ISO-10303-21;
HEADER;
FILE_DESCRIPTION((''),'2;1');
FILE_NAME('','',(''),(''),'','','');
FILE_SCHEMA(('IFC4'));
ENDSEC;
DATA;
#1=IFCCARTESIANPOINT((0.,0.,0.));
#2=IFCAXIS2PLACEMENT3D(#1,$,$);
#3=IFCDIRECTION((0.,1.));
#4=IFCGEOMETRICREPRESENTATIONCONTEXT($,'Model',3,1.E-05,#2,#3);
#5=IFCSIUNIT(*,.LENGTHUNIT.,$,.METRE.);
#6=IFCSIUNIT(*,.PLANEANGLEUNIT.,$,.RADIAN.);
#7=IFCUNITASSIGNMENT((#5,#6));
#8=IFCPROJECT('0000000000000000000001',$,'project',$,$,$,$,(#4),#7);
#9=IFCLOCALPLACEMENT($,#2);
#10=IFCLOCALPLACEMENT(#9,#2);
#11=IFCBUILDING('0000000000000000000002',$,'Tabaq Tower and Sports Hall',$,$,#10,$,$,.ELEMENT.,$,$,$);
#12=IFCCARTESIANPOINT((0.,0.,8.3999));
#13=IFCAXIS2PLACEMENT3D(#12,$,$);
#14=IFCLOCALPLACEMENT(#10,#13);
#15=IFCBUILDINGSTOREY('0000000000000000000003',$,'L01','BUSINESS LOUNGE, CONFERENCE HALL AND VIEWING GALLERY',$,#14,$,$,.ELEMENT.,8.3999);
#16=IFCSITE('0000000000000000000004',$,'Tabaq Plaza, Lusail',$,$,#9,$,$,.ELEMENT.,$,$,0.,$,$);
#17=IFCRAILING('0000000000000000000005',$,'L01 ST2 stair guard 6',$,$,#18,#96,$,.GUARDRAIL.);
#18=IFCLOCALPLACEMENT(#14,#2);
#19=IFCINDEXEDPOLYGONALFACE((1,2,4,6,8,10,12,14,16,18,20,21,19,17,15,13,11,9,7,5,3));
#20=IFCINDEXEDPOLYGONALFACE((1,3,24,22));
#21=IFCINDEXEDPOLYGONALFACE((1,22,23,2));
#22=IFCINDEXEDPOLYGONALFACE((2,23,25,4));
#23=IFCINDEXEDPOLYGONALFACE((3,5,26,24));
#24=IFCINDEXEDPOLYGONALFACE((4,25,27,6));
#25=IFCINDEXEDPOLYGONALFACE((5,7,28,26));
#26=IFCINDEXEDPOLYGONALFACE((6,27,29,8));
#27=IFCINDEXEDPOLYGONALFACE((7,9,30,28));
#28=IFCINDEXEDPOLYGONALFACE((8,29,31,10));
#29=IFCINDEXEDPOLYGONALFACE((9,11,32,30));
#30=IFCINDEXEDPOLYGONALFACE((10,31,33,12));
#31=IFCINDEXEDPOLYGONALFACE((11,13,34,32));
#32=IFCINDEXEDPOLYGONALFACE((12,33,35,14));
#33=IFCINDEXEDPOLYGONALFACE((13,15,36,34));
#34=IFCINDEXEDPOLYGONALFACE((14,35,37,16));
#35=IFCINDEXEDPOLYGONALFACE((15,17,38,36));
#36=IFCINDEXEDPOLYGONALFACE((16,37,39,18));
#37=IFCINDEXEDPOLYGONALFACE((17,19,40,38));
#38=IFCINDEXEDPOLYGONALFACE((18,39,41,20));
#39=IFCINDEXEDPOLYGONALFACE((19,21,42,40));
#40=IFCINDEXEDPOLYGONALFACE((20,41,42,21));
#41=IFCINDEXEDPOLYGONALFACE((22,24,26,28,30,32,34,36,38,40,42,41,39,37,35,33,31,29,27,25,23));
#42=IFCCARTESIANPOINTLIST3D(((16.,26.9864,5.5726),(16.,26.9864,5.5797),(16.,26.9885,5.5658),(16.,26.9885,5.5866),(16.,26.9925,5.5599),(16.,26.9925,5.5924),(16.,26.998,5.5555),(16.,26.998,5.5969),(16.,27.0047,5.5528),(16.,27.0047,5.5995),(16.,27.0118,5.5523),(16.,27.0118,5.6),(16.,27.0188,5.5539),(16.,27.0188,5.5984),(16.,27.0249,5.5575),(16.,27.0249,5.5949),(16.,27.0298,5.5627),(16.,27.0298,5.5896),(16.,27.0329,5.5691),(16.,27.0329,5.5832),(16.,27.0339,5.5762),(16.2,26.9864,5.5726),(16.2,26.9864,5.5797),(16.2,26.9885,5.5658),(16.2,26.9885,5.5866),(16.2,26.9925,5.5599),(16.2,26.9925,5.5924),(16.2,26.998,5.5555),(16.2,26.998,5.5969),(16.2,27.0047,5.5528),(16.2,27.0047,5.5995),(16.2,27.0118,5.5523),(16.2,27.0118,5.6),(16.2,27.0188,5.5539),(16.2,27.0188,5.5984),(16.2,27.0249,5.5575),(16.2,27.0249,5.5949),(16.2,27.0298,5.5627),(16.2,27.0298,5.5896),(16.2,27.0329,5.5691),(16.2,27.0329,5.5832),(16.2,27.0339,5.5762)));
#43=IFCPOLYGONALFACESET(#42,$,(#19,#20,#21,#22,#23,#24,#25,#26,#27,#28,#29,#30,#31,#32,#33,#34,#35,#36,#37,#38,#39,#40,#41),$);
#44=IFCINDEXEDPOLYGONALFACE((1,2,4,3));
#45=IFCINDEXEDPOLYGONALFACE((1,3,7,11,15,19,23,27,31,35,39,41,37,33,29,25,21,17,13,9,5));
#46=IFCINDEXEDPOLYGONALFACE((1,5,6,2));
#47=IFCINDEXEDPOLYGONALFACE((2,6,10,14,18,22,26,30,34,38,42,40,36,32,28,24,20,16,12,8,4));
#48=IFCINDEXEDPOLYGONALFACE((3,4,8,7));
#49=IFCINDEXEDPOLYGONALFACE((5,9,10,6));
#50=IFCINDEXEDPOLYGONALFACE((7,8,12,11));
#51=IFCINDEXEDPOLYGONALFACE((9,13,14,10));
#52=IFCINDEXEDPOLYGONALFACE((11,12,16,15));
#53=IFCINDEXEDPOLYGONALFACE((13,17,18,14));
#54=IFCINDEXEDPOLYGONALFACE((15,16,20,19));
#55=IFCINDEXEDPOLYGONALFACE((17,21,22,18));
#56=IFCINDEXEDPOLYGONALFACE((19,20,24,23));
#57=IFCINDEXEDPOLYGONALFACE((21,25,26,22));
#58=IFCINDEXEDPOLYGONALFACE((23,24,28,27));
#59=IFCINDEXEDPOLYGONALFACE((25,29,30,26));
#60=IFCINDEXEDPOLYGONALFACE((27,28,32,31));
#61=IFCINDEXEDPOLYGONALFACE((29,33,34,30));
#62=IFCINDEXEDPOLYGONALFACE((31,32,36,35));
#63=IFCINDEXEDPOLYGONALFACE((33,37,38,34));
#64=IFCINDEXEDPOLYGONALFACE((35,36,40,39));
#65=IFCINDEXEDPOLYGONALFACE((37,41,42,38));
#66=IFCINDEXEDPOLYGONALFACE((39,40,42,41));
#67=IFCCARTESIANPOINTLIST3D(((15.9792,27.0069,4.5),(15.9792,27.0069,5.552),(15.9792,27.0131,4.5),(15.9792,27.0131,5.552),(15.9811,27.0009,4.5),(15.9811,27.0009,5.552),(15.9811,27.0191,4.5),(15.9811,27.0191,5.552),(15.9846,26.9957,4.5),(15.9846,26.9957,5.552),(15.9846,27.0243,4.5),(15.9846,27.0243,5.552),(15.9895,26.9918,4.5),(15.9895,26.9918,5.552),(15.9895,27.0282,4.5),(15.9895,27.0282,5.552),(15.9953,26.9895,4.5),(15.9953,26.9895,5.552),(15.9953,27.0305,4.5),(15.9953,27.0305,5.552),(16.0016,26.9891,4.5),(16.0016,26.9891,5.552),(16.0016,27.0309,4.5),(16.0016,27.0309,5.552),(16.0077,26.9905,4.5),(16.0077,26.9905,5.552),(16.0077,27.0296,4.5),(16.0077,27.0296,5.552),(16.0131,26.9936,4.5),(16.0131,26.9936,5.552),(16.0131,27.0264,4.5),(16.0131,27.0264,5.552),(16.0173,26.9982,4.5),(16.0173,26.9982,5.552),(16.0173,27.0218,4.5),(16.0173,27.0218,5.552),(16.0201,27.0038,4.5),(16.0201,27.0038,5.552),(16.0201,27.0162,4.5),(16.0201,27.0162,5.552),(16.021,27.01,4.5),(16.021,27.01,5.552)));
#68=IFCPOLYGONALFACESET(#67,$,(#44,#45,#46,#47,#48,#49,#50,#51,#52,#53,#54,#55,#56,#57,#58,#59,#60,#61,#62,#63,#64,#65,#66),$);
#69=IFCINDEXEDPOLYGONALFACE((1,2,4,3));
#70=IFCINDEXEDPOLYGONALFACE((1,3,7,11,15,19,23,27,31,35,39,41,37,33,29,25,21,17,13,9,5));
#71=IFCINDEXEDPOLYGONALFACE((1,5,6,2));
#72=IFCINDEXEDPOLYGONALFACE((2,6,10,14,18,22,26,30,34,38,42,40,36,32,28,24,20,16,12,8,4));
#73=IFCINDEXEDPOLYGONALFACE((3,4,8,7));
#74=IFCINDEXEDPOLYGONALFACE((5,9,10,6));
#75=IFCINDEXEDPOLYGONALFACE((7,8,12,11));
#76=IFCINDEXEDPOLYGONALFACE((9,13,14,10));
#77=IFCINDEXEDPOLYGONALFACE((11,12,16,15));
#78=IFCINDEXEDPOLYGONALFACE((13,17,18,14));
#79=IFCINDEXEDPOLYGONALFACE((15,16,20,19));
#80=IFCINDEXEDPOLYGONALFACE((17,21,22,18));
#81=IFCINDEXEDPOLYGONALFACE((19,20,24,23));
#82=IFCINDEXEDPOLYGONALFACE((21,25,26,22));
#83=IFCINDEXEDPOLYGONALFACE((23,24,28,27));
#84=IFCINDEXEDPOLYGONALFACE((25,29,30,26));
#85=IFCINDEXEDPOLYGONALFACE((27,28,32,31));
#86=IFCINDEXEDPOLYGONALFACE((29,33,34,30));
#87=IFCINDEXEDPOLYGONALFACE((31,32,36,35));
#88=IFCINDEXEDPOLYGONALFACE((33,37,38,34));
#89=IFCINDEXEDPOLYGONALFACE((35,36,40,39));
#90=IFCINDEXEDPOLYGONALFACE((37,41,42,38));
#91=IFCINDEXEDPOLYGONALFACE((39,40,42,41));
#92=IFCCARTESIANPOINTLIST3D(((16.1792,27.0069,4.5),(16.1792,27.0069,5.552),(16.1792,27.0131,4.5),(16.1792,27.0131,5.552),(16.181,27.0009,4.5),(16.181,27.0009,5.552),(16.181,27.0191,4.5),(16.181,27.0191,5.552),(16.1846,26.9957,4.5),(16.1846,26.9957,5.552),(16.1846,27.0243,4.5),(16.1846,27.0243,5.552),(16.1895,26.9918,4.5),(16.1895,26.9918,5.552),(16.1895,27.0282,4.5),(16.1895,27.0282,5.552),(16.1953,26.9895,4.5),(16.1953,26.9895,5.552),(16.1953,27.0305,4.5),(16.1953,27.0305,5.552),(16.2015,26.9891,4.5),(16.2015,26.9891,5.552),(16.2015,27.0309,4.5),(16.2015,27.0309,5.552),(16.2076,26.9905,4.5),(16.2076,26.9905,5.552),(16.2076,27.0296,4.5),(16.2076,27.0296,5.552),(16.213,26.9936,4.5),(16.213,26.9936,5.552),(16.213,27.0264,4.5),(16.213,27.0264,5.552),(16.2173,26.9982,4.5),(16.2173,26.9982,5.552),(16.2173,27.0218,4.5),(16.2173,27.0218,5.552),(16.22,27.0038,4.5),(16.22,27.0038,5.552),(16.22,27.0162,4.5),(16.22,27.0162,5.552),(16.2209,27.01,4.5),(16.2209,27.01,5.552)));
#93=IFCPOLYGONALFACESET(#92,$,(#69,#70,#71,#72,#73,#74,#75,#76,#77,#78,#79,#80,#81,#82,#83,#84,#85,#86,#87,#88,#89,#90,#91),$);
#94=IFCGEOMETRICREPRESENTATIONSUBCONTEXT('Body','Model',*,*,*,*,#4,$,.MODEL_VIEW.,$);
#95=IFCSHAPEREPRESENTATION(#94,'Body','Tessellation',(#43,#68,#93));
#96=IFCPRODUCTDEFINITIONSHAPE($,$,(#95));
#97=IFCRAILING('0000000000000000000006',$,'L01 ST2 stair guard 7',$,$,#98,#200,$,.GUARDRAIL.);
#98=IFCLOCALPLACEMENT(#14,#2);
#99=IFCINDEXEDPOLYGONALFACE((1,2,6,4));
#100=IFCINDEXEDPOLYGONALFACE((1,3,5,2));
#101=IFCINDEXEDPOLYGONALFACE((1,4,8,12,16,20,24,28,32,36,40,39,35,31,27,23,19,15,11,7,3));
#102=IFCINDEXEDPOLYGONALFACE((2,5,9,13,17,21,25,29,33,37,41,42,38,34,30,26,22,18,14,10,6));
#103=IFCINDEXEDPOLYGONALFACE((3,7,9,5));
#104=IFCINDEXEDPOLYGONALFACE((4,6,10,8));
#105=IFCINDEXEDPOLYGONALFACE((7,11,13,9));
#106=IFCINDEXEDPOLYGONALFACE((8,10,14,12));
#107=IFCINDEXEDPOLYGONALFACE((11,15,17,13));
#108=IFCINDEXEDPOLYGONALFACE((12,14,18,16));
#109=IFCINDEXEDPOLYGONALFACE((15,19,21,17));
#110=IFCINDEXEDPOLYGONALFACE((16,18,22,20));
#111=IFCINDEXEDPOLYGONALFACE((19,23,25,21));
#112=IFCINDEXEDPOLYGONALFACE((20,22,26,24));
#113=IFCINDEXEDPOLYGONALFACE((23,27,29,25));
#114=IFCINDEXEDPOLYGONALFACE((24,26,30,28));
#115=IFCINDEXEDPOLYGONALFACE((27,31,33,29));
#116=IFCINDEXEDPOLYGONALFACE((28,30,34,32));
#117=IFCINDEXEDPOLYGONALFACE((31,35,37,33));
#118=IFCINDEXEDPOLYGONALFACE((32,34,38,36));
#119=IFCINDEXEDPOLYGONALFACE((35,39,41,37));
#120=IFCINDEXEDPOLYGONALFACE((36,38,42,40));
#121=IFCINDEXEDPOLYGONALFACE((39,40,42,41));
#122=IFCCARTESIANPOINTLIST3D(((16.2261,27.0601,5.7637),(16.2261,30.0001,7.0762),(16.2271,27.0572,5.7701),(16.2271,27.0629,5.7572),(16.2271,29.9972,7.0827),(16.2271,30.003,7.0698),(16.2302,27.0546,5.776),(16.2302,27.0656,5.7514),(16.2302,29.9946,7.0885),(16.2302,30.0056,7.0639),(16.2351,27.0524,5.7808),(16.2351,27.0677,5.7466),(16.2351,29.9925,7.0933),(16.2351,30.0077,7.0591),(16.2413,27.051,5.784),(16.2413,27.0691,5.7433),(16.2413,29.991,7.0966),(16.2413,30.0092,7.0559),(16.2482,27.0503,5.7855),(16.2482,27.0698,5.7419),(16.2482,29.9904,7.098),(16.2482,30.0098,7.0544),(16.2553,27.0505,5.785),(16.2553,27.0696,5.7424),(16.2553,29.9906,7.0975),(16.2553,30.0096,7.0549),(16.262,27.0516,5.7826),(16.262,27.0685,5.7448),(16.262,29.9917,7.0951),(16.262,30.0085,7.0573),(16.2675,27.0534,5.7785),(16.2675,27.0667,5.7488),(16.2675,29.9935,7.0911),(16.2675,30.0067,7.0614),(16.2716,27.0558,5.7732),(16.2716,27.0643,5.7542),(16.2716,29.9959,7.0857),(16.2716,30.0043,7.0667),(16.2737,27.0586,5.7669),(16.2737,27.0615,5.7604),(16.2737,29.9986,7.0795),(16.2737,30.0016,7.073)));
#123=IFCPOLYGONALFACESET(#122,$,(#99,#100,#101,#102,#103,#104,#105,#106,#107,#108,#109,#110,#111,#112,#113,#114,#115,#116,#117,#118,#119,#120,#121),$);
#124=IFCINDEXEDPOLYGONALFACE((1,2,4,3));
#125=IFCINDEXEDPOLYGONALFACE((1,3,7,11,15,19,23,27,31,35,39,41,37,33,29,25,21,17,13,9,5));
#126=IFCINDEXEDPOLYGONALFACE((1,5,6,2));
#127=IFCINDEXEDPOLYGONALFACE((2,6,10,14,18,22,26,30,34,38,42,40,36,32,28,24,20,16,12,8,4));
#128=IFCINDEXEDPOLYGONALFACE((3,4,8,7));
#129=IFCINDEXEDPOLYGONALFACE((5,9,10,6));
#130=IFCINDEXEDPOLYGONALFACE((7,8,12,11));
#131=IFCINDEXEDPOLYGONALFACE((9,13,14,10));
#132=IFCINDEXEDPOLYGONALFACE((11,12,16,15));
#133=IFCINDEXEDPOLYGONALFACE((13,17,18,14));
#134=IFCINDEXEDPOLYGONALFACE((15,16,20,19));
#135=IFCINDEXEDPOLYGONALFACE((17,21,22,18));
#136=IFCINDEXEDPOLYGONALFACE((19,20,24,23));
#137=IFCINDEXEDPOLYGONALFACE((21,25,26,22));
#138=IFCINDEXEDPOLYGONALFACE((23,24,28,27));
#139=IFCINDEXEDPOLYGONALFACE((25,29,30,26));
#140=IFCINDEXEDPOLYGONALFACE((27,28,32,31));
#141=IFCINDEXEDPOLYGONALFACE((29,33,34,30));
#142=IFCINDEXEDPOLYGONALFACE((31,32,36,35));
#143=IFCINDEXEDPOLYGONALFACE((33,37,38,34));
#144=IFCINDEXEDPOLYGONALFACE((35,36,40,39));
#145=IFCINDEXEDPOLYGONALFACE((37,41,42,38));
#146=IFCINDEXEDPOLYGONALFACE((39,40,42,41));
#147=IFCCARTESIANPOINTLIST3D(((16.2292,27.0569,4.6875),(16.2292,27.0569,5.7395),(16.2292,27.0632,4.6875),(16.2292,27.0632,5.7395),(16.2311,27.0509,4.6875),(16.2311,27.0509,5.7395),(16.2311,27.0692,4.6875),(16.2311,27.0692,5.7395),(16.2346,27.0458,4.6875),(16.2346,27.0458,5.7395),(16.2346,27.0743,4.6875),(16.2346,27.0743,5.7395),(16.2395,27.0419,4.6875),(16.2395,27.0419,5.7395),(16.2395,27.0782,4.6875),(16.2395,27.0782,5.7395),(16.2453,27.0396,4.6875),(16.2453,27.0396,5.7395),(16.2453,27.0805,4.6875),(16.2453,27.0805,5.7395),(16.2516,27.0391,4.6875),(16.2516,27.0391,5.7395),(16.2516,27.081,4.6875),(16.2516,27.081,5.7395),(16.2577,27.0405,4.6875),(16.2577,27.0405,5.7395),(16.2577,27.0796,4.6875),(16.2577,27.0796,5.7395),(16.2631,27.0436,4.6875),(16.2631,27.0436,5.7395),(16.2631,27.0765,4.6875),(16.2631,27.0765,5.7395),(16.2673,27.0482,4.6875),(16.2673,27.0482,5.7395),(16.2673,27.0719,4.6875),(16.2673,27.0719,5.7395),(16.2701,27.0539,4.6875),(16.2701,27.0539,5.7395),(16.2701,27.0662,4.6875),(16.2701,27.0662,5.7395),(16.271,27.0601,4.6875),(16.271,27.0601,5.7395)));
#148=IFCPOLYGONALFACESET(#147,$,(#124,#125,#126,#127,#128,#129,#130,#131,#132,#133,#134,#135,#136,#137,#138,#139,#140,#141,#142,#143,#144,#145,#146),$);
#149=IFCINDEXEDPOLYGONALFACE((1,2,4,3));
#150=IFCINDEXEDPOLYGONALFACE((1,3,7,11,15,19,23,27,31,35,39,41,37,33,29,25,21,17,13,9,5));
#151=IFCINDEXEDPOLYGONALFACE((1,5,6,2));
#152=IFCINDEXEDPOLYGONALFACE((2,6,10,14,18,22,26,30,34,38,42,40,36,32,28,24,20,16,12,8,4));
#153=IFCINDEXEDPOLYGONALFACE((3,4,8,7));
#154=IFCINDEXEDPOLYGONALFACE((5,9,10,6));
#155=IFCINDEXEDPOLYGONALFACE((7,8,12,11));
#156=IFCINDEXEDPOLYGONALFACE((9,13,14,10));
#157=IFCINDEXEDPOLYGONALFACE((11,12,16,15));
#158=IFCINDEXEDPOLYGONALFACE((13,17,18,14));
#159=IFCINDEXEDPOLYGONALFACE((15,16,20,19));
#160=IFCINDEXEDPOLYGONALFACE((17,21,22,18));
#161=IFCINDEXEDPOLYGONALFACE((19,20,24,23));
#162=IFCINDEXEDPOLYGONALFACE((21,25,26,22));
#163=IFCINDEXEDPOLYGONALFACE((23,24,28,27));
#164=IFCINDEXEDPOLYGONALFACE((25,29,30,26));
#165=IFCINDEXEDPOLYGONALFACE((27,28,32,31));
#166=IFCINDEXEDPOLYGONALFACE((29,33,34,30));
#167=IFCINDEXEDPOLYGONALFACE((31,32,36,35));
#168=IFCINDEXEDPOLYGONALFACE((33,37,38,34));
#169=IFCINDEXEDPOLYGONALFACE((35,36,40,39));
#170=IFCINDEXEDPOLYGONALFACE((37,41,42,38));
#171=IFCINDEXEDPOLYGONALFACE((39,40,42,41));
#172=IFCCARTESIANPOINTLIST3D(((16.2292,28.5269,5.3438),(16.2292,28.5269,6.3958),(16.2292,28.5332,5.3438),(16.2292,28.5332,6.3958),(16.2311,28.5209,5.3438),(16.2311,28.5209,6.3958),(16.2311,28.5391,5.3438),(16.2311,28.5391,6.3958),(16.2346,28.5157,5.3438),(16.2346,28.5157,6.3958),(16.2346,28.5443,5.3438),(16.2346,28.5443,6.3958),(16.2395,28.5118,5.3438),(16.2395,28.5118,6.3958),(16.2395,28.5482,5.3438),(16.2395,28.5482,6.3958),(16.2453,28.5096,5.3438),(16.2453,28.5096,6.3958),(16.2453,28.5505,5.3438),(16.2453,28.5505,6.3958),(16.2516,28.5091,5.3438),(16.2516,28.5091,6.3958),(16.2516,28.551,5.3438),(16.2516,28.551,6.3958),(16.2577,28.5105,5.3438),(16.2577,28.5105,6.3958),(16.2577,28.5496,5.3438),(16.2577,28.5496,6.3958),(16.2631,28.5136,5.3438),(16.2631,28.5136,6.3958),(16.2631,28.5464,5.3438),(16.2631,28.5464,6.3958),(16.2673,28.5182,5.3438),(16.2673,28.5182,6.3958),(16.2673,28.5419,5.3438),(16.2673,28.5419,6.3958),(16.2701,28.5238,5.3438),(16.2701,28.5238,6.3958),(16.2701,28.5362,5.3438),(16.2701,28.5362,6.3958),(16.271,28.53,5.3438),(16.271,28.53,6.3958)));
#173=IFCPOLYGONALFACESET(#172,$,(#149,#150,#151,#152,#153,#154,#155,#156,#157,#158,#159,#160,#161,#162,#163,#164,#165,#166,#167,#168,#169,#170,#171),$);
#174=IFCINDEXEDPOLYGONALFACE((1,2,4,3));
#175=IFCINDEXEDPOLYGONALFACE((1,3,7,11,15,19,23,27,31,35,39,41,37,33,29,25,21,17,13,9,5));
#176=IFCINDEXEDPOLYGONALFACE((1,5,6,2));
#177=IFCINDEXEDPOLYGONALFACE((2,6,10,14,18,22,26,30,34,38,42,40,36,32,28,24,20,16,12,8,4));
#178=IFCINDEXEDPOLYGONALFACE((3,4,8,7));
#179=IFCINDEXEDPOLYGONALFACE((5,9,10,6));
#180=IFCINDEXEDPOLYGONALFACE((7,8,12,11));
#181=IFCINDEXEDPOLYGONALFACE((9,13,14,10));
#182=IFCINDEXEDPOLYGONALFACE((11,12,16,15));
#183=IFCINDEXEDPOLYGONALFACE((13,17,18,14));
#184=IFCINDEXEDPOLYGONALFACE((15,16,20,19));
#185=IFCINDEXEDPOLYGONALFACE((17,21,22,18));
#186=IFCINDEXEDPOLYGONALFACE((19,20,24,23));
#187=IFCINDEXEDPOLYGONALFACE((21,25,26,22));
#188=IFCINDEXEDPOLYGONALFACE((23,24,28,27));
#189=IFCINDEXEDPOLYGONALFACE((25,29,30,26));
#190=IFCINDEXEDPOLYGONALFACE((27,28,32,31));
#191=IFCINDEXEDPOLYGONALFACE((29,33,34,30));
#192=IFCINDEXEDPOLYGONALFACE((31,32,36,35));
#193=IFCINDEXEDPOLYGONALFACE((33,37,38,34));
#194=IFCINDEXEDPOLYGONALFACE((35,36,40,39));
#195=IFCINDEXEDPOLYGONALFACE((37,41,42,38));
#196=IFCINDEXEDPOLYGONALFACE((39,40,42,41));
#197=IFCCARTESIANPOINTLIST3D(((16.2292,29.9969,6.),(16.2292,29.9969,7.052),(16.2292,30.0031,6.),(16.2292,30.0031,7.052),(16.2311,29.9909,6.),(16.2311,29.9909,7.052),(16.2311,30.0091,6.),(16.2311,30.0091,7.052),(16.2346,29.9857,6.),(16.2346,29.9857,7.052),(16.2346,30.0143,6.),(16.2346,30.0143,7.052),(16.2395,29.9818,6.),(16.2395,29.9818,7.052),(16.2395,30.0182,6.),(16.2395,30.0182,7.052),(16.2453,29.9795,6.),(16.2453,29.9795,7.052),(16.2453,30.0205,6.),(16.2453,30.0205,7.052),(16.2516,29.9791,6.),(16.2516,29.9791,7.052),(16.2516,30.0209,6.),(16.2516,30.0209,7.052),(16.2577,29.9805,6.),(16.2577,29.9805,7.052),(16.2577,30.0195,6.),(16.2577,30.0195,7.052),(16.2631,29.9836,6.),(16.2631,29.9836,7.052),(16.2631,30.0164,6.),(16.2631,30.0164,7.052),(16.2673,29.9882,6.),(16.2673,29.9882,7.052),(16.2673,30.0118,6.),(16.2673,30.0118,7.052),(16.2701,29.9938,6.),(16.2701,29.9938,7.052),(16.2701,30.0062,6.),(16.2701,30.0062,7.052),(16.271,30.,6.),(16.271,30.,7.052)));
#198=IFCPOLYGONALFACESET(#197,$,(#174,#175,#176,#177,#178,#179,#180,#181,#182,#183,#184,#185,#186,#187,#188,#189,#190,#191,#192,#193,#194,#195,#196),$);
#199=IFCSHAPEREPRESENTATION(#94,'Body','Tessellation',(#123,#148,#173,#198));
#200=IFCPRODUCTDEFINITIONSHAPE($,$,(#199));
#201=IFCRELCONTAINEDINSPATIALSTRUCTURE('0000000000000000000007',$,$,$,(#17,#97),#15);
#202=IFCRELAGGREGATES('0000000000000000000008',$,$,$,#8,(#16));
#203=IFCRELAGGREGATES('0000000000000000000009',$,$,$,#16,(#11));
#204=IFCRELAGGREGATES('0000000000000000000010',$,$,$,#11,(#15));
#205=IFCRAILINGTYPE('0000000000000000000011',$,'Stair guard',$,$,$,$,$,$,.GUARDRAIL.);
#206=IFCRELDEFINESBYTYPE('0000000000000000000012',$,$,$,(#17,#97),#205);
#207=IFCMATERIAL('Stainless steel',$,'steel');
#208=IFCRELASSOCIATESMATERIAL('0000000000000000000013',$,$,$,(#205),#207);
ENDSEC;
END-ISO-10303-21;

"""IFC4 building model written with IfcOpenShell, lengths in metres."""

from ifc_helpers import new_model, si_unit, direction, frame, origin, origin_2d, place, context, subcontext, project, spatial, circle, extrude, material, type_object, element, save


model = new_model("IFC4")

# Units and contexts
model_context = context("Model", 3, precision=1e-05, world=origin(), true_north=direction((0.0, 1.0)))
body_context = subcontext(model_context, "Body", "Model", "MODEL_VIEW")
ifc_project = project(units=[si_unit("LENGTHUNIT", "METRE"), si_unit("PLANEANGLEUNIT", "RADIAN")], contexts=[model_context])

# Site, building, storey
site_placement = place(None, origin())
site = spatial("IfcSite", under=ifc_project, at=site_placement, Name="Tabaq Plaza, Lusail", CompositionType="ELEMENT", RefElevation=0.0)
building_placement = place(site_placement, origin())
building = spatial("IfcBuilding", under=site, at=building_placement, Name="Tabaq Tower and Sports Hall", CompositionType="ELEMENT")
storey_placement = place(building_placement, frame((0.0, 0.0, 8.3999)))
storey = spatial("IfcBuildingStorey", under=building, at=storey_placement, Name="L01", Description="BUSINESS LOUNGE, CONFERENCE HALL AND VIEWING GALLERY", CompositionType="ELEMENT", Elevation=8.3999)

# Railings
ifc_material_1 = material(Name="Stainless steel", Category="steel")
railing_type = type_object("IfcRailingType", Name="Stair guard", PredefinedType="GUARDRAIL", material=ifc_material_1)
railing_1_placement = place(storey_placement, frame((16.0, 27.01, 4.5)))
element("IfcRailing", 1, at=railing_1_placement, inside=storey, type_object=railing_type, Name="L01 ST2 stair guard 6", PredefinedType="GUARDRAIL", context=body_context, shape_type="SweptSolid", body=[
    extrude(circle(Radius=0.0239, at=origin_2d()), frame((0.0, 0.0, 1.0762), z_axis=(1.0, 0.0, 0.0), x_axis=(0.0, 1.0, 0.0)), (0.0, 0.0, 1.0), 0.2),
    extrude(circle(Radius=0.021, at=origin_2d()), origin(), (0.0, 0.0, 1.0), 1.052),
    extrude(circle(Radius=0.021, at=origin_2d()), frame((0.2, 0.0, 0.0)), (0.0, 0.0, 1.0), 1.052),
])
railing_2_placement = place(storey_placement, frame((16.25, 27.0601, 4.6875)))
element("IfcRailing", 2, at=railing_2_placement, inside=storey, type_object=railing_type, Name="L01 ST2 stair guard 7", PredefinedType="GUARDRAIL", context=body_context, shape_type="SweptSolid", body=[
    extrude(circle(Radius=0.0239, at=origin_2d()), frame((0.0, 0.0, 1.0762), z_axis=(0.0, 0.913135, 0.407658), x_axis=(-1.0, 0.0, 0.0)), (0.0, 0.0, 1.0), 3.2197),
    extrude(circle(Radius=0.021, at=origin_2d()), origin(), (0.0, 0.0, 1.0), 1.052),
    extrude(circle(Radius=0.021, at=origin_2d()), frame((0.0, 1.47, 0.6562)), (0.0, 0.0, 1.0), 1.052),
    extrude(circle(Radius=0.021, at=origin_2d()), frame((0.0, 2.9399, 1.3125)), (0.0, 0.0, 1.0), 1.052),
])

save(model, "model.ifc")
